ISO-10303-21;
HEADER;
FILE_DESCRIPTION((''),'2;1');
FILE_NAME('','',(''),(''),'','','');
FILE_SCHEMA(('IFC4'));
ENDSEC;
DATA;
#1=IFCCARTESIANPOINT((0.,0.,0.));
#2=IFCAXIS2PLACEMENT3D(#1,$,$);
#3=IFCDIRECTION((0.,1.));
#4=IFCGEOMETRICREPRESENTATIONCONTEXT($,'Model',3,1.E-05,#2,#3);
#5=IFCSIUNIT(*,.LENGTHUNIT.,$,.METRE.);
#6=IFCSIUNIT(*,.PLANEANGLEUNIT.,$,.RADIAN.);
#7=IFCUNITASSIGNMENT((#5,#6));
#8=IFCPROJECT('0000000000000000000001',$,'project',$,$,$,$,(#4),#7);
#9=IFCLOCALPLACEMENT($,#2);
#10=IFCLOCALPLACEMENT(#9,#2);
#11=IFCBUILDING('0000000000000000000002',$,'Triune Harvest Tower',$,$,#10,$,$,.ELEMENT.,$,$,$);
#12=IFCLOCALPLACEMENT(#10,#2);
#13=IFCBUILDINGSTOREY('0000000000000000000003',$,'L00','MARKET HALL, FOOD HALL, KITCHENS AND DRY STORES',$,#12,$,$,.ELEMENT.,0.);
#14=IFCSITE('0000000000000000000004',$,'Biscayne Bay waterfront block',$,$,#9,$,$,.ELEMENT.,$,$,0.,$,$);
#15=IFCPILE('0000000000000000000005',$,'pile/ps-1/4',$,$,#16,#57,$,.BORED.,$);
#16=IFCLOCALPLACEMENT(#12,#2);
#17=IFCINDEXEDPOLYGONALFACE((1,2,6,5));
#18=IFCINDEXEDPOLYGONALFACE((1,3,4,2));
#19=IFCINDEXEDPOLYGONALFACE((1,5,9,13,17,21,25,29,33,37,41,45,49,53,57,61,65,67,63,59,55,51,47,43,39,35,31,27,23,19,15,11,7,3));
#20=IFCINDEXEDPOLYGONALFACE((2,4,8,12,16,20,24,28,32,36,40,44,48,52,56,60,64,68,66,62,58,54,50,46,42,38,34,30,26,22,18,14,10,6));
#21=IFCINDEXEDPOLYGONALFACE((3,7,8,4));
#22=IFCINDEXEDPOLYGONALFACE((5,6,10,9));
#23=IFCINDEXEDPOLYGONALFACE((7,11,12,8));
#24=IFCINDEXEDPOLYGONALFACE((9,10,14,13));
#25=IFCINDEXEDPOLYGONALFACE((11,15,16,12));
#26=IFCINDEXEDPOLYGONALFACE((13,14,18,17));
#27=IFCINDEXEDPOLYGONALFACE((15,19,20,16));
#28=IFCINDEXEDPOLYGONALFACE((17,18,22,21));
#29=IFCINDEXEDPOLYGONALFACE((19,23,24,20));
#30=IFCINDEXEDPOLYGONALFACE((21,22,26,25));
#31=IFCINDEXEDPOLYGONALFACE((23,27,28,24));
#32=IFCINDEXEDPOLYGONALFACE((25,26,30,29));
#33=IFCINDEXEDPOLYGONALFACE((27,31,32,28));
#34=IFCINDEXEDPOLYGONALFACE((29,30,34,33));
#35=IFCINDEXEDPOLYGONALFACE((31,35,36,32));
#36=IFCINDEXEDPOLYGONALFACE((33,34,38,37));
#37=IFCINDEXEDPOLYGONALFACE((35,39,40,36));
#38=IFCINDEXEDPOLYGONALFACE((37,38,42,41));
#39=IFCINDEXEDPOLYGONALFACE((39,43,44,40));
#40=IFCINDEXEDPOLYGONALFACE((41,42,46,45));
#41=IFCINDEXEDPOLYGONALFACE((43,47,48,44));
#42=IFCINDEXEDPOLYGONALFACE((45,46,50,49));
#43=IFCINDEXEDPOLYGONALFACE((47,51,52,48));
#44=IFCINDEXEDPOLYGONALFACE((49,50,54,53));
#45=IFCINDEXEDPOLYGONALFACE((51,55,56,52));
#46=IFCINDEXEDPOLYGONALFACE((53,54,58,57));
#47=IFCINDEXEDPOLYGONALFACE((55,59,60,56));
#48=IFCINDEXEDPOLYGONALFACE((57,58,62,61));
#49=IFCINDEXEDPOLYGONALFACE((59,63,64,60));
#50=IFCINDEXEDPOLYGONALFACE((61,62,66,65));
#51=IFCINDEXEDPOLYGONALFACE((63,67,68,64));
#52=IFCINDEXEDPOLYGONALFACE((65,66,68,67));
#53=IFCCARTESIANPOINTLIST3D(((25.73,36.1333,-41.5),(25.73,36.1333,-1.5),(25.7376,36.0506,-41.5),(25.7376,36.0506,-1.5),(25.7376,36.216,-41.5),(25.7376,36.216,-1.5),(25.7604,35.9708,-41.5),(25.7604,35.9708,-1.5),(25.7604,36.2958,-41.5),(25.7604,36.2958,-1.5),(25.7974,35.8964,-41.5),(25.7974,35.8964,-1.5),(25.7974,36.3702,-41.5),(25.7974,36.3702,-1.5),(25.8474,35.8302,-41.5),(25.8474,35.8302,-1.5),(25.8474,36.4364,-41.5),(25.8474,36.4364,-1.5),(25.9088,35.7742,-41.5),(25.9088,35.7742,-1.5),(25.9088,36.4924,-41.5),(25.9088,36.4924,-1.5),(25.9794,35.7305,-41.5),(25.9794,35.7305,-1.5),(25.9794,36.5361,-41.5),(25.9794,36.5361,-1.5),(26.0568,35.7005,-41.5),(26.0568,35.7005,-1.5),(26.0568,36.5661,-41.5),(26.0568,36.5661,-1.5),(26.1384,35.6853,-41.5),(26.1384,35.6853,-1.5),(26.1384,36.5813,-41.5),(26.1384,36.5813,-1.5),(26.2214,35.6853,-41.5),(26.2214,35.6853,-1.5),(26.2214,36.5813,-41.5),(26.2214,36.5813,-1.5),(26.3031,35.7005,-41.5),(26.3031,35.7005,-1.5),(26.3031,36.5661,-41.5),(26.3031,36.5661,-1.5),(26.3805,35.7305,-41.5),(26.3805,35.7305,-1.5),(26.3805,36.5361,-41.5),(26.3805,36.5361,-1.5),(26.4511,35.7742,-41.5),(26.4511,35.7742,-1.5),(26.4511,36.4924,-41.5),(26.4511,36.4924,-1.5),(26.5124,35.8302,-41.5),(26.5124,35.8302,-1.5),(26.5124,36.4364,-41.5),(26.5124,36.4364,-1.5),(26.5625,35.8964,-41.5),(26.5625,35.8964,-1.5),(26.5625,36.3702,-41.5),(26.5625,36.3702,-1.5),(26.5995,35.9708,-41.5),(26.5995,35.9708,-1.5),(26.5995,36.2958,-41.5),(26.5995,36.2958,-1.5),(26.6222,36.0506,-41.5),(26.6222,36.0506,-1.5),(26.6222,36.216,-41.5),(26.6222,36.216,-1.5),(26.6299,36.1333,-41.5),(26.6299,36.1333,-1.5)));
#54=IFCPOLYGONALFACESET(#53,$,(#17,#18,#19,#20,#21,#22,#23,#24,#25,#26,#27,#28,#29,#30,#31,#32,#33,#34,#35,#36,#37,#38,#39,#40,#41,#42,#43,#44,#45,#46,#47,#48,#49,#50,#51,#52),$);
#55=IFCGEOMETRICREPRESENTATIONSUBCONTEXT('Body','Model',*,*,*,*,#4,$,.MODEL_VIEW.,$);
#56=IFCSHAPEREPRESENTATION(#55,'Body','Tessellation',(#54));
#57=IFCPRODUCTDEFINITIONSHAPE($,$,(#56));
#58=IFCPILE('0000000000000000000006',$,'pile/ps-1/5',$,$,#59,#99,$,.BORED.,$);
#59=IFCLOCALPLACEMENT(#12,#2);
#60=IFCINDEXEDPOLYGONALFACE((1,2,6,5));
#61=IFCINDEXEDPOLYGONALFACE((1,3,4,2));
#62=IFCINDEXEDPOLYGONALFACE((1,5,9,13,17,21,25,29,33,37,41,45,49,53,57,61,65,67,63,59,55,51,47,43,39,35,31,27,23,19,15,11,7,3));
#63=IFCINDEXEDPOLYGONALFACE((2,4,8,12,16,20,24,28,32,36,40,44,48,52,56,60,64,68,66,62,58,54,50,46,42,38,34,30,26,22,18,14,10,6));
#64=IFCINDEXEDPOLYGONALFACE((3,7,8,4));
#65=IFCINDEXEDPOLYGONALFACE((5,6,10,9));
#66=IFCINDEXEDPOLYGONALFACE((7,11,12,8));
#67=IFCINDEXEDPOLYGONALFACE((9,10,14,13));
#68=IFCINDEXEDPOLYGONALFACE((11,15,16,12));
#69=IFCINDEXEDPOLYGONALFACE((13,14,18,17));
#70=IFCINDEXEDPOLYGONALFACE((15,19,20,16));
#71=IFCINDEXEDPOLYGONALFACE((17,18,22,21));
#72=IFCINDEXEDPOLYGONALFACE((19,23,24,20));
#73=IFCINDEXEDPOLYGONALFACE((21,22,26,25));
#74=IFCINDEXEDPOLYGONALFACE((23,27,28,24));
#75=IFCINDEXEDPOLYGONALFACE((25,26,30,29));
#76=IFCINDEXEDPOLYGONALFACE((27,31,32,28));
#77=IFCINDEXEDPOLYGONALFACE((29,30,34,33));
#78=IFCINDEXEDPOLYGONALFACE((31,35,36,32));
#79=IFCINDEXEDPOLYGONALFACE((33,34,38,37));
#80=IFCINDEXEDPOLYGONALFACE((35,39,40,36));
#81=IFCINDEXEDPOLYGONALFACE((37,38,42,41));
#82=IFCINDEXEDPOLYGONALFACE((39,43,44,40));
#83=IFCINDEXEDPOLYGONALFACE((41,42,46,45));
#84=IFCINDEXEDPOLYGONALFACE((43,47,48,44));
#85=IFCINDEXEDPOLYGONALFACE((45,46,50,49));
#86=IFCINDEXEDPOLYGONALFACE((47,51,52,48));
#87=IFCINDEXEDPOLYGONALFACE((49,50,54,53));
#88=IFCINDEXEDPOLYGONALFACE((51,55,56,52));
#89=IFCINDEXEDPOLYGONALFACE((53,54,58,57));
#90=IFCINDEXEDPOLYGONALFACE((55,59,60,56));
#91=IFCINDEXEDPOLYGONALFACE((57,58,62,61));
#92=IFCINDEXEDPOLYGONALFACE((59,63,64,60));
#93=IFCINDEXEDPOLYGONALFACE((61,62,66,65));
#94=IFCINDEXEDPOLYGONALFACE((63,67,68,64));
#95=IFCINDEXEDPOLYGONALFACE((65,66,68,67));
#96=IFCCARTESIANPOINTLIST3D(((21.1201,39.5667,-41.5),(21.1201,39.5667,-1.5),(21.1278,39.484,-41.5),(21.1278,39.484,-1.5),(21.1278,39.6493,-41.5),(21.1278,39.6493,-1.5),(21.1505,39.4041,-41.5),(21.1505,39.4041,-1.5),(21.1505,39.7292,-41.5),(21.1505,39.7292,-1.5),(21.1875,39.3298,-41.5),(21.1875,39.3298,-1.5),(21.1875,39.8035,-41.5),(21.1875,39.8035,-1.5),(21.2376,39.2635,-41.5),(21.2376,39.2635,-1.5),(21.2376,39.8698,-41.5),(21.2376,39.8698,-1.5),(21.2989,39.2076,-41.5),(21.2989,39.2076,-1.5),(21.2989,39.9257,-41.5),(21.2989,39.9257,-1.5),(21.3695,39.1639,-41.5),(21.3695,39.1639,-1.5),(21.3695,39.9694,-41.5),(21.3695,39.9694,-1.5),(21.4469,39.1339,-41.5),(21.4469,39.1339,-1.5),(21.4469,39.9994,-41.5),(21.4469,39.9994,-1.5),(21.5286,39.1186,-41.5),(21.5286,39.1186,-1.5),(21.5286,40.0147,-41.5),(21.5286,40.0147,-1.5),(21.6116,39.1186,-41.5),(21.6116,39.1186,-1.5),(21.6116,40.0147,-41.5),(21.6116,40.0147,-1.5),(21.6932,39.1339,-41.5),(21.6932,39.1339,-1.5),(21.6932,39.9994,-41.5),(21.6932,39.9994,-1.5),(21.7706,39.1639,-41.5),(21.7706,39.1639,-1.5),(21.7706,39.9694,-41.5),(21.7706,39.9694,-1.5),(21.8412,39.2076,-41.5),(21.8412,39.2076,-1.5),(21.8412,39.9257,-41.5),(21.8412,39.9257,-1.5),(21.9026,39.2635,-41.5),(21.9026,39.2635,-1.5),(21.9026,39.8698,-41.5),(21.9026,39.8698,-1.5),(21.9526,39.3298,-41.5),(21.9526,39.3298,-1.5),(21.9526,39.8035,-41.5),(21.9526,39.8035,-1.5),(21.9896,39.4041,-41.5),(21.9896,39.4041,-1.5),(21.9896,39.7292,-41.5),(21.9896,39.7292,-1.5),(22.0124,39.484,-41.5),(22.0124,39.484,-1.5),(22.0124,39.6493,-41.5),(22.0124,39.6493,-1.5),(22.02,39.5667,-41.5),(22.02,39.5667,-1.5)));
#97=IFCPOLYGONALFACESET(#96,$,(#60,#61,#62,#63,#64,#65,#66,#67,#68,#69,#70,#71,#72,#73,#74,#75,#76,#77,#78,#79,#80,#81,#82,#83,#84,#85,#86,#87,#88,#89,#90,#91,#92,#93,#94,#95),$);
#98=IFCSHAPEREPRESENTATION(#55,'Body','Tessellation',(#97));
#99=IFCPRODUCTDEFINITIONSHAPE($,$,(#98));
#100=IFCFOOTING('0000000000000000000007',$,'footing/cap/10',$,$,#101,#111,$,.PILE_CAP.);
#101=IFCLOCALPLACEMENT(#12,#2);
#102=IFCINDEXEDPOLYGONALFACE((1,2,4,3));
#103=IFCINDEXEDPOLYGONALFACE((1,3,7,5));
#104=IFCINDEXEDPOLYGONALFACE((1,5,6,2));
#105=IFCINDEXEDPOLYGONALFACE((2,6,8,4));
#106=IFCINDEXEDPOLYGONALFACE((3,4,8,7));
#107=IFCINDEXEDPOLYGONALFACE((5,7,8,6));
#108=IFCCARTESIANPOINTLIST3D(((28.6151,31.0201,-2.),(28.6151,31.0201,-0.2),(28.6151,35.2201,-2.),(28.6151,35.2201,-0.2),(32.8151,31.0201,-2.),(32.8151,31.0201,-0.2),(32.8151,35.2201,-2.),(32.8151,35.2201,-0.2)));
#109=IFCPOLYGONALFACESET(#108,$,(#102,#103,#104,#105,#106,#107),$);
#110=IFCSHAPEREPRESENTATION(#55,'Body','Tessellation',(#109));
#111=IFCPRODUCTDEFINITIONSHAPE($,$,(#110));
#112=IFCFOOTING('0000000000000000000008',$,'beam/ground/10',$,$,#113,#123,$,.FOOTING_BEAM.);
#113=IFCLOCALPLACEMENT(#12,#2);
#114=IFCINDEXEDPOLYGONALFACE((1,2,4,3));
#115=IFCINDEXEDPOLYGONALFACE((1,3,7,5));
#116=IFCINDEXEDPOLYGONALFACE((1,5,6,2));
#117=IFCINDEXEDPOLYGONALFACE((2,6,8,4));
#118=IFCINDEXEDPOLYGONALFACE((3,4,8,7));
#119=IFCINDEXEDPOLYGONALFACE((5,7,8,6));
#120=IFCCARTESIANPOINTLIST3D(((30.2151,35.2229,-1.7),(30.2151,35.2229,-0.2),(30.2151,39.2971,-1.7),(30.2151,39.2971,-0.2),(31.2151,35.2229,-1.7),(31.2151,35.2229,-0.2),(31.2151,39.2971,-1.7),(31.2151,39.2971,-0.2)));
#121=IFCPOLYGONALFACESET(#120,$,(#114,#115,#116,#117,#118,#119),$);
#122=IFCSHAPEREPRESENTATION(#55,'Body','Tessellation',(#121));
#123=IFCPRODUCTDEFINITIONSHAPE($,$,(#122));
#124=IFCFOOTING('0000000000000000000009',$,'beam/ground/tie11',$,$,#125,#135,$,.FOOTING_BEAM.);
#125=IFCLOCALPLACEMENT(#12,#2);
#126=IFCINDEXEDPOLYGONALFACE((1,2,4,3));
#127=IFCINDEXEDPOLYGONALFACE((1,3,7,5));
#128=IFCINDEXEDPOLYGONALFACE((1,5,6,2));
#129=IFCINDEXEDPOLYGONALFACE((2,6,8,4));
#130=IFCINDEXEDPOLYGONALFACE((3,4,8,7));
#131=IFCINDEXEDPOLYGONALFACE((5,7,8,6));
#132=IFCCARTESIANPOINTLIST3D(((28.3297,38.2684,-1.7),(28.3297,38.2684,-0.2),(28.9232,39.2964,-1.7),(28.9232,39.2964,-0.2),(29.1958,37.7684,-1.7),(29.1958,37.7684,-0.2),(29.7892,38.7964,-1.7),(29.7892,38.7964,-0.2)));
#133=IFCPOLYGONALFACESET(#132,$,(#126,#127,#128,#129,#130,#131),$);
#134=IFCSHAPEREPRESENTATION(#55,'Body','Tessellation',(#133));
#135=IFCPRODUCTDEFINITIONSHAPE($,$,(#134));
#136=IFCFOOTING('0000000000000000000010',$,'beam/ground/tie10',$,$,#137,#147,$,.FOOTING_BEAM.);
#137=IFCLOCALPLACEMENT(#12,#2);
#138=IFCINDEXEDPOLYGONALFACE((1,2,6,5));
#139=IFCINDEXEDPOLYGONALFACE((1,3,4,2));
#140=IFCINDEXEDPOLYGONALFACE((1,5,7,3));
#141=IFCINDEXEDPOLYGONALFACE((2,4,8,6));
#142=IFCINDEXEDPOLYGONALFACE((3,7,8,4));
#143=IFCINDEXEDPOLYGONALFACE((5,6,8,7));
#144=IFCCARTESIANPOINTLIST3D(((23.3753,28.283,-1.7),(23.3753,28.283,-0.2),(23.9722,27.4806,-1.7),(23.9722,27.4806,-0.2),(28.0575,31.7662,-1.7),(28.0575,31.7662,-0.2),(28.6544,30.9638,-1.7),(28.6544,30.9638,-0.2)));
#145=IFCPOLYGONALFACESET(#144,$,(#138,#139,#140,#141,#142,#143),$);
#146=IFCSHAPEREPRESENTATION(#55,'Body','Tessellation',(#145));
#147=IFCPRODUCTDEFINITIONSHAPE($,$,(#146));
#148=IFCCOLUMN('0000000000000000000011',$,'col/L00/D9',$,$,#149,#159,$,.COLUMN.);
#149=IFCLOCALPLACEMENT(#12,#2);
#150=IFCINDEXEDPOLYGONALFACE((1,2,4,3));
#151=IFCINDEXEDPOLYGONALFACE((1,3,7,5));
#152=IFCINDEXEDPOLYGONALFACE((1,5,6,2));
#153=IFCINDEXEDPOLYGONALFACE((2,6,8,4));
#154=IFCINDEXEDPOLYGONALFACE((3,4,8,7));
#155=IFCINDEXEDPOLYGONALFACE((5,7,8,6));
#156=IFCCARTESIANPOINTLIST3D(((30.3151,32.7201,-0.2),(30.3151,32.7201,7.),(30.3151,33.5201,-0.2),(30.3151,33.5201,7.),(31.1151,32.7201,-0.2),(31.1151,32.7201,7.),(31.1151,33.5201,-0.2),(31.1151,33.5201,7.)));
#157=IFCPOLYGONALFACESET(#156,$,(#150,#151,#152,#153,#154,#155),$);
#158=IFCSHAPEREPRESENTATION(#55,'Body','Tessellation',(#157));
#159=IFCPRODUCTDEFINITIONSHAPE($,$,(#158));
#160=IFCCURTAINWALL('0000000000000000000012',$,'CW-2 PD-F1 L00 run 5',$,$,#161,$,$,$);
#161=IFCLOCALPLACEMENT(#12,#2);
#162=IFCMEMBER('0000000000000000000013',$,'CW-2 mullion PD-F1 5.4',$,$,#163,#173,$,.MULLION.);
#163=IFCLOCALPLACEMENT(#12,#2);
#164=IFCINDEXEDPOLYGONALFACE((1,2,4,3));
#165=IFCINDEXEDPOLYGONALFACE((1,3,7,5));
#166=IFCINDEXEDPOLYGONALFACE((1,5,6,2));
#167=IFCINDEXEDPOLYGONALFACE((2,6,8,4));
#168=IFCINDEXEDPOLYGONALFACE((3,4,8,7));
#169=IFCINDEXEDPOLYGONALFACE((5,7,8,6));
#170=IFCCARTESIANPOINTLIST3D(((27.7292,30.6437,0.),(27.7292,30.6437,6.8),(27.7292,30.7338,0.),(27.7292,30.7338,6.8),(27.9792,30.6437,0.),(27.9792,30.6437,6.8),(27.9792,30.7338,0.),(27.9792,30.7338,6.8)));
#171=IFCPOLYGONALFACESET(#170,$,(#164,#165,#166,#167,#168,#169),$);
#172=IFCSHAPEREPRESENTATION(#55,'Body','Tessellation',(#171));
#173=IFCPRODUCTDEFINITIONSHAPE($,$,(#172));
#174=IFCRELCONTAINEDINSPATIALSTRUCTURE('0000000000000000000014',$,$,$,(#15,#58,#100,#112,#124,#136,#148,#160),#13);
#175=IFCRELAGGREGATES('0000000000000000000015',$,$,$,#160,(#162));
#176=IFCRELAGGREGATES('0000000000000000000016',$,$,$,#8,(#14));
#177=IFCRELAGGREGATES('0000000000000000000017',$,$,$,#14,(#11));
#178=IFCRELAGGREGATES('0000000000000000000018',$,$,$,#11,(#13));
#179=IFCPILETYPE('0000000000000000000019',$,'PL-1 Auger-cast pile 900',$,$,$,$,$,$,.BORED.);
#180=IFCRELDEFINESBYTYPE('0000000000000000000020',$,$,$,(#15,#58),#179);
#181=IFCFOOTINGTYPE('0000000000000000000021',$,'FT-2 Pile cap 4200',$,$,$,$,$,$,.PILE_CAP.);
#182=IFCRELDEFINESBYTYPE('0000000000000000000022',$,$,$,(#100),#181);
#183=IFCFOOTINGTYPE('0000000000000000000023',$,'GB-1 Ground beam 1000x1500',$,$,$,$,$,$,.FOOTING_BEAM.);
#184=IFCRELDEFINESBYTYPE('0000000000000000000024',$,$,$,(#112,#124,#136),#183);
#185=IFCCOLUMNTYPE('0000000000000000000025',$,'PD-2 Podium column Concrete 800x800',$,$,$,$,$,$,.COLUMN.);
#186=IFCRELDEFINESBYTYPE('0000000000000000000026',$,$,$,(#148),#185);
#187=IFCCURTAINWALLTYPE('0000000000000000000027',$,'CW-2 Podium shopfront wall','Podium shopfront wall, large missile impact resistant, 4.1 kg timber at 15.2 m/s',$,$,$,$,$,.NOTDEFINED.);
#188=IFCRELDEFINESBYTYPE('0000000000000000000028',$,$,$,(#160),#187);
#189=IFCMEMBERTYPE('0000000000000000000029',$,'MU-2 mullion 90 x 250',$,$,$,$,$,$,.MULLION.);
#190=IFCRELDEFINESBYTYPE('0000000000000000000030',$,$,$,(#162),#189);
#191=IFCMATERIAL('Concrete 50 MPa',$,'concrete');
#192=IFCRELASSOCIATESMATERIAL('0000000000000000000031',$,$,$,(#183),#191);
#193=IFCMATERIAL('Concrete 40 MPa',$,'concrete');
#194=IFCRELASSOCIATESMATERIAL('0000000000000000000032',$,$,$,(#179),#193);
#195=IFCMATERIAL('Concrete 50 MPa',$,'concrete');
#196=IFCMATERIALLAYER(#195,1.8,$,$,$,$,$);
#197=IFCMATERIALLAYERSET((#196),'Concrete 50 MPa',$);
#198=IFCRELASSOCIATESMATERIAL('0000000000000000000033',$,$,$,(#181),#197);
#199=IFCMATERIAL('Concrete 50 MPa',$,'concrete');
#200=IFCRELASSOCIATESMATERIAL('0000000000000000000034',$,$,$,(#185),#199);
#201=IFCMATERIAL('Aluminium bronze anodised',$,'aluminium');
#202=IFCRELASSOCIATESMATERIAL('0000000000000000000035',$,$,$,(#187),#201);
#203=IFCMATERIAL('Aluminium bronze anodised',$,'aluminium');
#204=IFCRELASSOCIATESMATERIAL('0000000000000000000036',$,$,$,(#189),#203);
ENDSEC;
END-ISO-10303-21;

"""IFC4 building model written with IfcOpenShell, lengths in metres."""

from ifc_helpers import new_model, si_unit, direction, frame, origin, origin_2d, place, context, subcontext, project, spatial, rectangle, circle, extrude, source, transform, mapped, material, layer, layer_set, material_profile, profile_set, type_object, element, aggregate, save


model = new_model("IFC4")

# Units and contexts
model_context = context("Model", 3, precision=1e-05, world=origin(), true_north=direction((0.0, 1.0)))
body_context = subcontext(model_context, "Body", "Model", "MODEL_VIEW")
ifc_project = project(units=[si_unit("LENGTHUNIT", "METRE"), si_unit("PLANEANGLEUNIT", "RADIAN")], contexts=[model_context])

# Site, building, storey
site_placement = place(None, origin())
site = spatial("IfcSite", under=ifc_project, at=site_placement, Name="Biscayne Bay waterfront block", CompositionType="ELEMENT", RefElevation=0.0)
building_placement = place(site_placement, origin())
building = spatial("IfcBuilding", under=site, at=building_placement, Name="Triune Harvest Tower", CompositionType="ELEMENT")
storey_placement = place(building_placement, origin())
storey = spatial("IfcBuildingStorey", under=building, at=storey_placement, Name="L00", Description="MARKET HALL, FOOD HALL, KITCHENS AND DRY STORES", CompositionType="ELEMENT", Elevation=0.0)

# Shared definitions
ifc_material_1 = material(Name="Concrete 50 MPa", Category="concrete")
ifc_material_profile_1 = material_profile(ifc_material_1, rectangle(XDim=1.0, YDim=1.5, at=origin_2d()), Name="Concrete 1000x1500")
ifc_profile_set_1 = profile_set([ifc_material_profile_1], Name="Concrete 50 MPa")
footing_type_1 = type_object("IfcFootingType", Name="GB-1 Ground beam 1000x1500", PredefinedType="FOOTING_BEAM", material=ifc_profile_set_1)

# Piles
ifc_material_2 = material(Name="Concrete 40 MPa", Category="concrete")
ifc_material_profile_2 = material_profile(ifc_material_2, circle(Radius=0.45, at=origin_2d()), Name="Bored 900")
ifc_profile_set_2 = profile_set([ifc_material_profile_2], Name="Concrete 40 MPa")
pile_type = type_object("IfcPileType", Name="PL-1 Auger-cast pile 900", PredefinedType="BORED", material=ifc_profile_set_2)
shared_shape_1 = source(origin(), body_context, "Body", "SweptSolid", [
    extrude(circle(Radius=0.45, at=origin_2d()), origin(), (0.0, 0.0, 1.0), 40.0),
])
for number, where, z_axis, x_axis, name in (
    (1, (26.1799, 36.1333, -1.5), (0.0, 0.0, -1.0), (1.0, 0.0, 0.0), "pile/ps-1/4"),
    (2, (21.5701, 39.5667, -1.5), (0.0, 0.0, -1.0), (1.0, 0.0, 0.0), "pile/ps-1/5"),
):
    element("IfcPile", number, at=place(storey_placement, frame(where, z_axis=z_axis, x_axis=x_axis)), inside=storey, type_object=pile_type, Name=name, PredefinedType="BORED", context=body_context, shape_type="MappedRepresentation", body=[
        mapped(shared_shape_1, transform((0.0, 0.0, 0.0), scale=1.0)),
    ])

# Footings
ifc_material_3 = material(Name="Concrete 50 MPa", Category="concrete")
ifc_layer_1 = layer(ifc_material_3, 1.8)
ifc_layer_set_1 = layer_set([ifc_layer_1], Name="Concrete 50 MPa")
footing_type_2 = type_object("IfcFootingType", Name="FT-2 Pile cap 4200", PredefinedType="PILE_CAP", material=ifc_layer_set_1)
shared_shape_2 = source(origin(), body_context, "Body", "SweptSolid", [
    extrude(rectangle(XDim=4.2, YDim=4.2, at=origin_2d()), origin(), (0.0, 0.0, 1.0), 1.8),
])
footing_1_placement = place(storey_placement, frame((30.7151, 33.1201, -2.0), z_axis=(0.0, 0.0, 1.0), x_axis=(0.0, 1.0, 0.0)))
element("IfcFooting", 3, at=footing_1_placement, inside=storey, type_object=footing_type_2, Name="footing/cap/10", PredefinedType="PILE_CAP", context=body_context, shape_type="MappedRepresentation", body=[
    mapped(shared_shape_2, transform((0.0, 0.0, 0.0), scale=1.0)),
])
shared_shape_3 = source(origin(), body_context, "Body", "SweptSolid", [
    extrude(rectangle(XDim=1.0, YDim=1.5, at=origin_2d()), origin(), (0.0, 0.0, 1.0), 4.0742),
])
footing_2_placement = place(storey_placement, frame((30.7151, 35.2229, -0.95), z_axis=(0.0, 1.0, 0.0), x_axis=(-1.0, 0.0, 0.0)))
element("IfcFooting", 4, at=footing_2_placement, inside=storey, type_object=footing_type_1, Name="beam/ground/10", PredefinedType="FOOTING_BEAM", context=body_context, shape_type="MappedRepresentation", body=[
    mapped(shared_shape_3, transform((0.0, 0.0, 0.0), scale=1.0)),
])
shared_shape_4 = source(origin(), body_context, "Body", "SweptSolid", [
    extrude(rectangle(XDim=1.0, YDim=1.5, at=origin_2d()), origin(), (0.0, 0.0, 1.0), 1.187),
])
footing_3_placement = place(storey_placement, frame((29.3562, 39.0464, -0.95), z_axis=(-0.499966, -0.866045, 0.0), x_axis=(0.866045, -0.499966, 0.0)))
element("IfcFooting", 5, at=footing_3_placement, inside=storey, type_object=footing_type_1, Name="beam/ground/tie11", PredefinedType="FOOTING_BEAM", context=body_context, shape_type="MappedRepresentation", body=[
    mapped(shared_shape_4, transform((0.0, 0.0, 0.0), scale=1.0)),
])
shared_shape_5 = source(origin(), body_context, "Body", "SweptSolid", [
    extrude(rectangle(XDim=1.0, YDim=1.5, at=origin_2d()), origin(), (0.0, 0.0, 1.0), 5.8357),
])
footing_4_placement = place(storey_placement, frame((28.356, 31.365, -0.95), z_axis=(-0.802333, -0.596876, 0.0), x_axis=(0.596876, -0.802333, 0.0)))
element("IfcFooting", 6, at=footing_4_placement, inside=storey, type_object=footing_type_1, Name="beam/ground/tie10", PredefinedType="FOOTING_BEAM", context=body_context, shape_type="MappedRepresentation", body=[
    mapped(shared_shape_5, transform((0.0, 0.0, 0.0), scale=1.0)),
])

# Column
ifc_material_4 = material(Name="Concrete 50 MPa", Category="concrete")
ifc_material_profile_3 = material_profile(ifc_material_4, rectangle(XDim=0.8, YDim=0.8, at=origin_2d()), Name="Concrete 800x800")
ifc_profile_set_3 = profile_set([ifc_material_profile_3], Name="Concrete 50 MPa")
column_type = type_object("IfcColumnType", Name="PD-2 Podium column Concrete 800x800", PredefinedType="COLUMN", material=ifc_profile_set_3)
shared_shape_6 = source(origin(), body_context, "Body", "SweptSolid", [
    extrude(rectangle(XDim=0.8, YDim=0.8, at=origin_2d()), origin(), (0.0, 0.0, 1.0), 7.2),
])
column_placement = place(storey_placement, frame((30.7151, 33.1201, -0.2), z_axis=(0.0, 0.0, 1.0), x_axis=(0.0, 1.0, 0.0)))
element("IfcColumn", 7, at=column_placement, inside=storey, type_object=column_type, Name="col/L00/D9", PredefinedType="COLUMN", context=body_context, shape_type="MappedRepresentation", body=[
    mapped(shared_shape_6, transform((0.0, 0.0, 0.0), scale=1.0)),
])

# Curtain wall, member
ifc_material_5 = material(Name="Aluminium bronze anodised", Category="aluminium")
curtain_wall_type = type_object("IfcCurtainWallType", Name="CW-2 Podium shopfront wall", Description="Podium shopfront wall, large missile impact resistant, 4.1 kg timber at 15.2 m/s", PredefinedType="NOTDEFINED", material=ifc_material_5)
curtain_wall_1_placement = place(storey_placement, origin())
curtain_wall_1 = element("IfcCurtainWall", 8, at=curtain_wall_1_placement, inside=storey, type_object=curtain_wall_type, Name="CW-2 PD-F1 L00 run 5")
ifc_material_6 = material(Name="Aluminium bronze anodised", Category="aluminium")
ifc_material_profile_4 = material_profile(ifc_material_6, rectangle(XDim=0.25, YDim=0.0901, at=origin_2d()), Name="MU-2 mullion 90 x 250")
ifc_profile_set_4 = profile_set([ifc_material_profile_4], Name="Aluminium bronze anodised")
member_type_1 = type_object("IfcMemberType", Name="MU-2 mullion 90 x 250", PredefinedType="MULLION", material=ifc_profile_set_4)
shared_shape_7 = source(origin(), body_context, "Body", "SweptSolid", [
    extrude(rectangle(XDim=0.25, YDim=0.0901, at=origin_2d()), origin(), (0.0, 0.0, 1.0), 6.8),
])
member_1_placement = place(storey_placement, frame((27.8542, 30.6887, 0.0), z_axis=(0.0, 0.0, 1.0), x_axis=(-1.0, 0.0, 0.0)))
member_1 = element("IfcMember", 9, at=member_1_placement, type_object=member_type_1, Name="CW-2 mullion PD-F1 5.4", PredefinedType="MULLION", context=body_context, shape_type="MappedRepresentation", body=[
    mapped(shared_shape_7, transform((0.0, 0.0, 0.0), scale=1.0)),
])

aggregate(curtain_wall_1, [member_1])

save(model, "model.ifc")
